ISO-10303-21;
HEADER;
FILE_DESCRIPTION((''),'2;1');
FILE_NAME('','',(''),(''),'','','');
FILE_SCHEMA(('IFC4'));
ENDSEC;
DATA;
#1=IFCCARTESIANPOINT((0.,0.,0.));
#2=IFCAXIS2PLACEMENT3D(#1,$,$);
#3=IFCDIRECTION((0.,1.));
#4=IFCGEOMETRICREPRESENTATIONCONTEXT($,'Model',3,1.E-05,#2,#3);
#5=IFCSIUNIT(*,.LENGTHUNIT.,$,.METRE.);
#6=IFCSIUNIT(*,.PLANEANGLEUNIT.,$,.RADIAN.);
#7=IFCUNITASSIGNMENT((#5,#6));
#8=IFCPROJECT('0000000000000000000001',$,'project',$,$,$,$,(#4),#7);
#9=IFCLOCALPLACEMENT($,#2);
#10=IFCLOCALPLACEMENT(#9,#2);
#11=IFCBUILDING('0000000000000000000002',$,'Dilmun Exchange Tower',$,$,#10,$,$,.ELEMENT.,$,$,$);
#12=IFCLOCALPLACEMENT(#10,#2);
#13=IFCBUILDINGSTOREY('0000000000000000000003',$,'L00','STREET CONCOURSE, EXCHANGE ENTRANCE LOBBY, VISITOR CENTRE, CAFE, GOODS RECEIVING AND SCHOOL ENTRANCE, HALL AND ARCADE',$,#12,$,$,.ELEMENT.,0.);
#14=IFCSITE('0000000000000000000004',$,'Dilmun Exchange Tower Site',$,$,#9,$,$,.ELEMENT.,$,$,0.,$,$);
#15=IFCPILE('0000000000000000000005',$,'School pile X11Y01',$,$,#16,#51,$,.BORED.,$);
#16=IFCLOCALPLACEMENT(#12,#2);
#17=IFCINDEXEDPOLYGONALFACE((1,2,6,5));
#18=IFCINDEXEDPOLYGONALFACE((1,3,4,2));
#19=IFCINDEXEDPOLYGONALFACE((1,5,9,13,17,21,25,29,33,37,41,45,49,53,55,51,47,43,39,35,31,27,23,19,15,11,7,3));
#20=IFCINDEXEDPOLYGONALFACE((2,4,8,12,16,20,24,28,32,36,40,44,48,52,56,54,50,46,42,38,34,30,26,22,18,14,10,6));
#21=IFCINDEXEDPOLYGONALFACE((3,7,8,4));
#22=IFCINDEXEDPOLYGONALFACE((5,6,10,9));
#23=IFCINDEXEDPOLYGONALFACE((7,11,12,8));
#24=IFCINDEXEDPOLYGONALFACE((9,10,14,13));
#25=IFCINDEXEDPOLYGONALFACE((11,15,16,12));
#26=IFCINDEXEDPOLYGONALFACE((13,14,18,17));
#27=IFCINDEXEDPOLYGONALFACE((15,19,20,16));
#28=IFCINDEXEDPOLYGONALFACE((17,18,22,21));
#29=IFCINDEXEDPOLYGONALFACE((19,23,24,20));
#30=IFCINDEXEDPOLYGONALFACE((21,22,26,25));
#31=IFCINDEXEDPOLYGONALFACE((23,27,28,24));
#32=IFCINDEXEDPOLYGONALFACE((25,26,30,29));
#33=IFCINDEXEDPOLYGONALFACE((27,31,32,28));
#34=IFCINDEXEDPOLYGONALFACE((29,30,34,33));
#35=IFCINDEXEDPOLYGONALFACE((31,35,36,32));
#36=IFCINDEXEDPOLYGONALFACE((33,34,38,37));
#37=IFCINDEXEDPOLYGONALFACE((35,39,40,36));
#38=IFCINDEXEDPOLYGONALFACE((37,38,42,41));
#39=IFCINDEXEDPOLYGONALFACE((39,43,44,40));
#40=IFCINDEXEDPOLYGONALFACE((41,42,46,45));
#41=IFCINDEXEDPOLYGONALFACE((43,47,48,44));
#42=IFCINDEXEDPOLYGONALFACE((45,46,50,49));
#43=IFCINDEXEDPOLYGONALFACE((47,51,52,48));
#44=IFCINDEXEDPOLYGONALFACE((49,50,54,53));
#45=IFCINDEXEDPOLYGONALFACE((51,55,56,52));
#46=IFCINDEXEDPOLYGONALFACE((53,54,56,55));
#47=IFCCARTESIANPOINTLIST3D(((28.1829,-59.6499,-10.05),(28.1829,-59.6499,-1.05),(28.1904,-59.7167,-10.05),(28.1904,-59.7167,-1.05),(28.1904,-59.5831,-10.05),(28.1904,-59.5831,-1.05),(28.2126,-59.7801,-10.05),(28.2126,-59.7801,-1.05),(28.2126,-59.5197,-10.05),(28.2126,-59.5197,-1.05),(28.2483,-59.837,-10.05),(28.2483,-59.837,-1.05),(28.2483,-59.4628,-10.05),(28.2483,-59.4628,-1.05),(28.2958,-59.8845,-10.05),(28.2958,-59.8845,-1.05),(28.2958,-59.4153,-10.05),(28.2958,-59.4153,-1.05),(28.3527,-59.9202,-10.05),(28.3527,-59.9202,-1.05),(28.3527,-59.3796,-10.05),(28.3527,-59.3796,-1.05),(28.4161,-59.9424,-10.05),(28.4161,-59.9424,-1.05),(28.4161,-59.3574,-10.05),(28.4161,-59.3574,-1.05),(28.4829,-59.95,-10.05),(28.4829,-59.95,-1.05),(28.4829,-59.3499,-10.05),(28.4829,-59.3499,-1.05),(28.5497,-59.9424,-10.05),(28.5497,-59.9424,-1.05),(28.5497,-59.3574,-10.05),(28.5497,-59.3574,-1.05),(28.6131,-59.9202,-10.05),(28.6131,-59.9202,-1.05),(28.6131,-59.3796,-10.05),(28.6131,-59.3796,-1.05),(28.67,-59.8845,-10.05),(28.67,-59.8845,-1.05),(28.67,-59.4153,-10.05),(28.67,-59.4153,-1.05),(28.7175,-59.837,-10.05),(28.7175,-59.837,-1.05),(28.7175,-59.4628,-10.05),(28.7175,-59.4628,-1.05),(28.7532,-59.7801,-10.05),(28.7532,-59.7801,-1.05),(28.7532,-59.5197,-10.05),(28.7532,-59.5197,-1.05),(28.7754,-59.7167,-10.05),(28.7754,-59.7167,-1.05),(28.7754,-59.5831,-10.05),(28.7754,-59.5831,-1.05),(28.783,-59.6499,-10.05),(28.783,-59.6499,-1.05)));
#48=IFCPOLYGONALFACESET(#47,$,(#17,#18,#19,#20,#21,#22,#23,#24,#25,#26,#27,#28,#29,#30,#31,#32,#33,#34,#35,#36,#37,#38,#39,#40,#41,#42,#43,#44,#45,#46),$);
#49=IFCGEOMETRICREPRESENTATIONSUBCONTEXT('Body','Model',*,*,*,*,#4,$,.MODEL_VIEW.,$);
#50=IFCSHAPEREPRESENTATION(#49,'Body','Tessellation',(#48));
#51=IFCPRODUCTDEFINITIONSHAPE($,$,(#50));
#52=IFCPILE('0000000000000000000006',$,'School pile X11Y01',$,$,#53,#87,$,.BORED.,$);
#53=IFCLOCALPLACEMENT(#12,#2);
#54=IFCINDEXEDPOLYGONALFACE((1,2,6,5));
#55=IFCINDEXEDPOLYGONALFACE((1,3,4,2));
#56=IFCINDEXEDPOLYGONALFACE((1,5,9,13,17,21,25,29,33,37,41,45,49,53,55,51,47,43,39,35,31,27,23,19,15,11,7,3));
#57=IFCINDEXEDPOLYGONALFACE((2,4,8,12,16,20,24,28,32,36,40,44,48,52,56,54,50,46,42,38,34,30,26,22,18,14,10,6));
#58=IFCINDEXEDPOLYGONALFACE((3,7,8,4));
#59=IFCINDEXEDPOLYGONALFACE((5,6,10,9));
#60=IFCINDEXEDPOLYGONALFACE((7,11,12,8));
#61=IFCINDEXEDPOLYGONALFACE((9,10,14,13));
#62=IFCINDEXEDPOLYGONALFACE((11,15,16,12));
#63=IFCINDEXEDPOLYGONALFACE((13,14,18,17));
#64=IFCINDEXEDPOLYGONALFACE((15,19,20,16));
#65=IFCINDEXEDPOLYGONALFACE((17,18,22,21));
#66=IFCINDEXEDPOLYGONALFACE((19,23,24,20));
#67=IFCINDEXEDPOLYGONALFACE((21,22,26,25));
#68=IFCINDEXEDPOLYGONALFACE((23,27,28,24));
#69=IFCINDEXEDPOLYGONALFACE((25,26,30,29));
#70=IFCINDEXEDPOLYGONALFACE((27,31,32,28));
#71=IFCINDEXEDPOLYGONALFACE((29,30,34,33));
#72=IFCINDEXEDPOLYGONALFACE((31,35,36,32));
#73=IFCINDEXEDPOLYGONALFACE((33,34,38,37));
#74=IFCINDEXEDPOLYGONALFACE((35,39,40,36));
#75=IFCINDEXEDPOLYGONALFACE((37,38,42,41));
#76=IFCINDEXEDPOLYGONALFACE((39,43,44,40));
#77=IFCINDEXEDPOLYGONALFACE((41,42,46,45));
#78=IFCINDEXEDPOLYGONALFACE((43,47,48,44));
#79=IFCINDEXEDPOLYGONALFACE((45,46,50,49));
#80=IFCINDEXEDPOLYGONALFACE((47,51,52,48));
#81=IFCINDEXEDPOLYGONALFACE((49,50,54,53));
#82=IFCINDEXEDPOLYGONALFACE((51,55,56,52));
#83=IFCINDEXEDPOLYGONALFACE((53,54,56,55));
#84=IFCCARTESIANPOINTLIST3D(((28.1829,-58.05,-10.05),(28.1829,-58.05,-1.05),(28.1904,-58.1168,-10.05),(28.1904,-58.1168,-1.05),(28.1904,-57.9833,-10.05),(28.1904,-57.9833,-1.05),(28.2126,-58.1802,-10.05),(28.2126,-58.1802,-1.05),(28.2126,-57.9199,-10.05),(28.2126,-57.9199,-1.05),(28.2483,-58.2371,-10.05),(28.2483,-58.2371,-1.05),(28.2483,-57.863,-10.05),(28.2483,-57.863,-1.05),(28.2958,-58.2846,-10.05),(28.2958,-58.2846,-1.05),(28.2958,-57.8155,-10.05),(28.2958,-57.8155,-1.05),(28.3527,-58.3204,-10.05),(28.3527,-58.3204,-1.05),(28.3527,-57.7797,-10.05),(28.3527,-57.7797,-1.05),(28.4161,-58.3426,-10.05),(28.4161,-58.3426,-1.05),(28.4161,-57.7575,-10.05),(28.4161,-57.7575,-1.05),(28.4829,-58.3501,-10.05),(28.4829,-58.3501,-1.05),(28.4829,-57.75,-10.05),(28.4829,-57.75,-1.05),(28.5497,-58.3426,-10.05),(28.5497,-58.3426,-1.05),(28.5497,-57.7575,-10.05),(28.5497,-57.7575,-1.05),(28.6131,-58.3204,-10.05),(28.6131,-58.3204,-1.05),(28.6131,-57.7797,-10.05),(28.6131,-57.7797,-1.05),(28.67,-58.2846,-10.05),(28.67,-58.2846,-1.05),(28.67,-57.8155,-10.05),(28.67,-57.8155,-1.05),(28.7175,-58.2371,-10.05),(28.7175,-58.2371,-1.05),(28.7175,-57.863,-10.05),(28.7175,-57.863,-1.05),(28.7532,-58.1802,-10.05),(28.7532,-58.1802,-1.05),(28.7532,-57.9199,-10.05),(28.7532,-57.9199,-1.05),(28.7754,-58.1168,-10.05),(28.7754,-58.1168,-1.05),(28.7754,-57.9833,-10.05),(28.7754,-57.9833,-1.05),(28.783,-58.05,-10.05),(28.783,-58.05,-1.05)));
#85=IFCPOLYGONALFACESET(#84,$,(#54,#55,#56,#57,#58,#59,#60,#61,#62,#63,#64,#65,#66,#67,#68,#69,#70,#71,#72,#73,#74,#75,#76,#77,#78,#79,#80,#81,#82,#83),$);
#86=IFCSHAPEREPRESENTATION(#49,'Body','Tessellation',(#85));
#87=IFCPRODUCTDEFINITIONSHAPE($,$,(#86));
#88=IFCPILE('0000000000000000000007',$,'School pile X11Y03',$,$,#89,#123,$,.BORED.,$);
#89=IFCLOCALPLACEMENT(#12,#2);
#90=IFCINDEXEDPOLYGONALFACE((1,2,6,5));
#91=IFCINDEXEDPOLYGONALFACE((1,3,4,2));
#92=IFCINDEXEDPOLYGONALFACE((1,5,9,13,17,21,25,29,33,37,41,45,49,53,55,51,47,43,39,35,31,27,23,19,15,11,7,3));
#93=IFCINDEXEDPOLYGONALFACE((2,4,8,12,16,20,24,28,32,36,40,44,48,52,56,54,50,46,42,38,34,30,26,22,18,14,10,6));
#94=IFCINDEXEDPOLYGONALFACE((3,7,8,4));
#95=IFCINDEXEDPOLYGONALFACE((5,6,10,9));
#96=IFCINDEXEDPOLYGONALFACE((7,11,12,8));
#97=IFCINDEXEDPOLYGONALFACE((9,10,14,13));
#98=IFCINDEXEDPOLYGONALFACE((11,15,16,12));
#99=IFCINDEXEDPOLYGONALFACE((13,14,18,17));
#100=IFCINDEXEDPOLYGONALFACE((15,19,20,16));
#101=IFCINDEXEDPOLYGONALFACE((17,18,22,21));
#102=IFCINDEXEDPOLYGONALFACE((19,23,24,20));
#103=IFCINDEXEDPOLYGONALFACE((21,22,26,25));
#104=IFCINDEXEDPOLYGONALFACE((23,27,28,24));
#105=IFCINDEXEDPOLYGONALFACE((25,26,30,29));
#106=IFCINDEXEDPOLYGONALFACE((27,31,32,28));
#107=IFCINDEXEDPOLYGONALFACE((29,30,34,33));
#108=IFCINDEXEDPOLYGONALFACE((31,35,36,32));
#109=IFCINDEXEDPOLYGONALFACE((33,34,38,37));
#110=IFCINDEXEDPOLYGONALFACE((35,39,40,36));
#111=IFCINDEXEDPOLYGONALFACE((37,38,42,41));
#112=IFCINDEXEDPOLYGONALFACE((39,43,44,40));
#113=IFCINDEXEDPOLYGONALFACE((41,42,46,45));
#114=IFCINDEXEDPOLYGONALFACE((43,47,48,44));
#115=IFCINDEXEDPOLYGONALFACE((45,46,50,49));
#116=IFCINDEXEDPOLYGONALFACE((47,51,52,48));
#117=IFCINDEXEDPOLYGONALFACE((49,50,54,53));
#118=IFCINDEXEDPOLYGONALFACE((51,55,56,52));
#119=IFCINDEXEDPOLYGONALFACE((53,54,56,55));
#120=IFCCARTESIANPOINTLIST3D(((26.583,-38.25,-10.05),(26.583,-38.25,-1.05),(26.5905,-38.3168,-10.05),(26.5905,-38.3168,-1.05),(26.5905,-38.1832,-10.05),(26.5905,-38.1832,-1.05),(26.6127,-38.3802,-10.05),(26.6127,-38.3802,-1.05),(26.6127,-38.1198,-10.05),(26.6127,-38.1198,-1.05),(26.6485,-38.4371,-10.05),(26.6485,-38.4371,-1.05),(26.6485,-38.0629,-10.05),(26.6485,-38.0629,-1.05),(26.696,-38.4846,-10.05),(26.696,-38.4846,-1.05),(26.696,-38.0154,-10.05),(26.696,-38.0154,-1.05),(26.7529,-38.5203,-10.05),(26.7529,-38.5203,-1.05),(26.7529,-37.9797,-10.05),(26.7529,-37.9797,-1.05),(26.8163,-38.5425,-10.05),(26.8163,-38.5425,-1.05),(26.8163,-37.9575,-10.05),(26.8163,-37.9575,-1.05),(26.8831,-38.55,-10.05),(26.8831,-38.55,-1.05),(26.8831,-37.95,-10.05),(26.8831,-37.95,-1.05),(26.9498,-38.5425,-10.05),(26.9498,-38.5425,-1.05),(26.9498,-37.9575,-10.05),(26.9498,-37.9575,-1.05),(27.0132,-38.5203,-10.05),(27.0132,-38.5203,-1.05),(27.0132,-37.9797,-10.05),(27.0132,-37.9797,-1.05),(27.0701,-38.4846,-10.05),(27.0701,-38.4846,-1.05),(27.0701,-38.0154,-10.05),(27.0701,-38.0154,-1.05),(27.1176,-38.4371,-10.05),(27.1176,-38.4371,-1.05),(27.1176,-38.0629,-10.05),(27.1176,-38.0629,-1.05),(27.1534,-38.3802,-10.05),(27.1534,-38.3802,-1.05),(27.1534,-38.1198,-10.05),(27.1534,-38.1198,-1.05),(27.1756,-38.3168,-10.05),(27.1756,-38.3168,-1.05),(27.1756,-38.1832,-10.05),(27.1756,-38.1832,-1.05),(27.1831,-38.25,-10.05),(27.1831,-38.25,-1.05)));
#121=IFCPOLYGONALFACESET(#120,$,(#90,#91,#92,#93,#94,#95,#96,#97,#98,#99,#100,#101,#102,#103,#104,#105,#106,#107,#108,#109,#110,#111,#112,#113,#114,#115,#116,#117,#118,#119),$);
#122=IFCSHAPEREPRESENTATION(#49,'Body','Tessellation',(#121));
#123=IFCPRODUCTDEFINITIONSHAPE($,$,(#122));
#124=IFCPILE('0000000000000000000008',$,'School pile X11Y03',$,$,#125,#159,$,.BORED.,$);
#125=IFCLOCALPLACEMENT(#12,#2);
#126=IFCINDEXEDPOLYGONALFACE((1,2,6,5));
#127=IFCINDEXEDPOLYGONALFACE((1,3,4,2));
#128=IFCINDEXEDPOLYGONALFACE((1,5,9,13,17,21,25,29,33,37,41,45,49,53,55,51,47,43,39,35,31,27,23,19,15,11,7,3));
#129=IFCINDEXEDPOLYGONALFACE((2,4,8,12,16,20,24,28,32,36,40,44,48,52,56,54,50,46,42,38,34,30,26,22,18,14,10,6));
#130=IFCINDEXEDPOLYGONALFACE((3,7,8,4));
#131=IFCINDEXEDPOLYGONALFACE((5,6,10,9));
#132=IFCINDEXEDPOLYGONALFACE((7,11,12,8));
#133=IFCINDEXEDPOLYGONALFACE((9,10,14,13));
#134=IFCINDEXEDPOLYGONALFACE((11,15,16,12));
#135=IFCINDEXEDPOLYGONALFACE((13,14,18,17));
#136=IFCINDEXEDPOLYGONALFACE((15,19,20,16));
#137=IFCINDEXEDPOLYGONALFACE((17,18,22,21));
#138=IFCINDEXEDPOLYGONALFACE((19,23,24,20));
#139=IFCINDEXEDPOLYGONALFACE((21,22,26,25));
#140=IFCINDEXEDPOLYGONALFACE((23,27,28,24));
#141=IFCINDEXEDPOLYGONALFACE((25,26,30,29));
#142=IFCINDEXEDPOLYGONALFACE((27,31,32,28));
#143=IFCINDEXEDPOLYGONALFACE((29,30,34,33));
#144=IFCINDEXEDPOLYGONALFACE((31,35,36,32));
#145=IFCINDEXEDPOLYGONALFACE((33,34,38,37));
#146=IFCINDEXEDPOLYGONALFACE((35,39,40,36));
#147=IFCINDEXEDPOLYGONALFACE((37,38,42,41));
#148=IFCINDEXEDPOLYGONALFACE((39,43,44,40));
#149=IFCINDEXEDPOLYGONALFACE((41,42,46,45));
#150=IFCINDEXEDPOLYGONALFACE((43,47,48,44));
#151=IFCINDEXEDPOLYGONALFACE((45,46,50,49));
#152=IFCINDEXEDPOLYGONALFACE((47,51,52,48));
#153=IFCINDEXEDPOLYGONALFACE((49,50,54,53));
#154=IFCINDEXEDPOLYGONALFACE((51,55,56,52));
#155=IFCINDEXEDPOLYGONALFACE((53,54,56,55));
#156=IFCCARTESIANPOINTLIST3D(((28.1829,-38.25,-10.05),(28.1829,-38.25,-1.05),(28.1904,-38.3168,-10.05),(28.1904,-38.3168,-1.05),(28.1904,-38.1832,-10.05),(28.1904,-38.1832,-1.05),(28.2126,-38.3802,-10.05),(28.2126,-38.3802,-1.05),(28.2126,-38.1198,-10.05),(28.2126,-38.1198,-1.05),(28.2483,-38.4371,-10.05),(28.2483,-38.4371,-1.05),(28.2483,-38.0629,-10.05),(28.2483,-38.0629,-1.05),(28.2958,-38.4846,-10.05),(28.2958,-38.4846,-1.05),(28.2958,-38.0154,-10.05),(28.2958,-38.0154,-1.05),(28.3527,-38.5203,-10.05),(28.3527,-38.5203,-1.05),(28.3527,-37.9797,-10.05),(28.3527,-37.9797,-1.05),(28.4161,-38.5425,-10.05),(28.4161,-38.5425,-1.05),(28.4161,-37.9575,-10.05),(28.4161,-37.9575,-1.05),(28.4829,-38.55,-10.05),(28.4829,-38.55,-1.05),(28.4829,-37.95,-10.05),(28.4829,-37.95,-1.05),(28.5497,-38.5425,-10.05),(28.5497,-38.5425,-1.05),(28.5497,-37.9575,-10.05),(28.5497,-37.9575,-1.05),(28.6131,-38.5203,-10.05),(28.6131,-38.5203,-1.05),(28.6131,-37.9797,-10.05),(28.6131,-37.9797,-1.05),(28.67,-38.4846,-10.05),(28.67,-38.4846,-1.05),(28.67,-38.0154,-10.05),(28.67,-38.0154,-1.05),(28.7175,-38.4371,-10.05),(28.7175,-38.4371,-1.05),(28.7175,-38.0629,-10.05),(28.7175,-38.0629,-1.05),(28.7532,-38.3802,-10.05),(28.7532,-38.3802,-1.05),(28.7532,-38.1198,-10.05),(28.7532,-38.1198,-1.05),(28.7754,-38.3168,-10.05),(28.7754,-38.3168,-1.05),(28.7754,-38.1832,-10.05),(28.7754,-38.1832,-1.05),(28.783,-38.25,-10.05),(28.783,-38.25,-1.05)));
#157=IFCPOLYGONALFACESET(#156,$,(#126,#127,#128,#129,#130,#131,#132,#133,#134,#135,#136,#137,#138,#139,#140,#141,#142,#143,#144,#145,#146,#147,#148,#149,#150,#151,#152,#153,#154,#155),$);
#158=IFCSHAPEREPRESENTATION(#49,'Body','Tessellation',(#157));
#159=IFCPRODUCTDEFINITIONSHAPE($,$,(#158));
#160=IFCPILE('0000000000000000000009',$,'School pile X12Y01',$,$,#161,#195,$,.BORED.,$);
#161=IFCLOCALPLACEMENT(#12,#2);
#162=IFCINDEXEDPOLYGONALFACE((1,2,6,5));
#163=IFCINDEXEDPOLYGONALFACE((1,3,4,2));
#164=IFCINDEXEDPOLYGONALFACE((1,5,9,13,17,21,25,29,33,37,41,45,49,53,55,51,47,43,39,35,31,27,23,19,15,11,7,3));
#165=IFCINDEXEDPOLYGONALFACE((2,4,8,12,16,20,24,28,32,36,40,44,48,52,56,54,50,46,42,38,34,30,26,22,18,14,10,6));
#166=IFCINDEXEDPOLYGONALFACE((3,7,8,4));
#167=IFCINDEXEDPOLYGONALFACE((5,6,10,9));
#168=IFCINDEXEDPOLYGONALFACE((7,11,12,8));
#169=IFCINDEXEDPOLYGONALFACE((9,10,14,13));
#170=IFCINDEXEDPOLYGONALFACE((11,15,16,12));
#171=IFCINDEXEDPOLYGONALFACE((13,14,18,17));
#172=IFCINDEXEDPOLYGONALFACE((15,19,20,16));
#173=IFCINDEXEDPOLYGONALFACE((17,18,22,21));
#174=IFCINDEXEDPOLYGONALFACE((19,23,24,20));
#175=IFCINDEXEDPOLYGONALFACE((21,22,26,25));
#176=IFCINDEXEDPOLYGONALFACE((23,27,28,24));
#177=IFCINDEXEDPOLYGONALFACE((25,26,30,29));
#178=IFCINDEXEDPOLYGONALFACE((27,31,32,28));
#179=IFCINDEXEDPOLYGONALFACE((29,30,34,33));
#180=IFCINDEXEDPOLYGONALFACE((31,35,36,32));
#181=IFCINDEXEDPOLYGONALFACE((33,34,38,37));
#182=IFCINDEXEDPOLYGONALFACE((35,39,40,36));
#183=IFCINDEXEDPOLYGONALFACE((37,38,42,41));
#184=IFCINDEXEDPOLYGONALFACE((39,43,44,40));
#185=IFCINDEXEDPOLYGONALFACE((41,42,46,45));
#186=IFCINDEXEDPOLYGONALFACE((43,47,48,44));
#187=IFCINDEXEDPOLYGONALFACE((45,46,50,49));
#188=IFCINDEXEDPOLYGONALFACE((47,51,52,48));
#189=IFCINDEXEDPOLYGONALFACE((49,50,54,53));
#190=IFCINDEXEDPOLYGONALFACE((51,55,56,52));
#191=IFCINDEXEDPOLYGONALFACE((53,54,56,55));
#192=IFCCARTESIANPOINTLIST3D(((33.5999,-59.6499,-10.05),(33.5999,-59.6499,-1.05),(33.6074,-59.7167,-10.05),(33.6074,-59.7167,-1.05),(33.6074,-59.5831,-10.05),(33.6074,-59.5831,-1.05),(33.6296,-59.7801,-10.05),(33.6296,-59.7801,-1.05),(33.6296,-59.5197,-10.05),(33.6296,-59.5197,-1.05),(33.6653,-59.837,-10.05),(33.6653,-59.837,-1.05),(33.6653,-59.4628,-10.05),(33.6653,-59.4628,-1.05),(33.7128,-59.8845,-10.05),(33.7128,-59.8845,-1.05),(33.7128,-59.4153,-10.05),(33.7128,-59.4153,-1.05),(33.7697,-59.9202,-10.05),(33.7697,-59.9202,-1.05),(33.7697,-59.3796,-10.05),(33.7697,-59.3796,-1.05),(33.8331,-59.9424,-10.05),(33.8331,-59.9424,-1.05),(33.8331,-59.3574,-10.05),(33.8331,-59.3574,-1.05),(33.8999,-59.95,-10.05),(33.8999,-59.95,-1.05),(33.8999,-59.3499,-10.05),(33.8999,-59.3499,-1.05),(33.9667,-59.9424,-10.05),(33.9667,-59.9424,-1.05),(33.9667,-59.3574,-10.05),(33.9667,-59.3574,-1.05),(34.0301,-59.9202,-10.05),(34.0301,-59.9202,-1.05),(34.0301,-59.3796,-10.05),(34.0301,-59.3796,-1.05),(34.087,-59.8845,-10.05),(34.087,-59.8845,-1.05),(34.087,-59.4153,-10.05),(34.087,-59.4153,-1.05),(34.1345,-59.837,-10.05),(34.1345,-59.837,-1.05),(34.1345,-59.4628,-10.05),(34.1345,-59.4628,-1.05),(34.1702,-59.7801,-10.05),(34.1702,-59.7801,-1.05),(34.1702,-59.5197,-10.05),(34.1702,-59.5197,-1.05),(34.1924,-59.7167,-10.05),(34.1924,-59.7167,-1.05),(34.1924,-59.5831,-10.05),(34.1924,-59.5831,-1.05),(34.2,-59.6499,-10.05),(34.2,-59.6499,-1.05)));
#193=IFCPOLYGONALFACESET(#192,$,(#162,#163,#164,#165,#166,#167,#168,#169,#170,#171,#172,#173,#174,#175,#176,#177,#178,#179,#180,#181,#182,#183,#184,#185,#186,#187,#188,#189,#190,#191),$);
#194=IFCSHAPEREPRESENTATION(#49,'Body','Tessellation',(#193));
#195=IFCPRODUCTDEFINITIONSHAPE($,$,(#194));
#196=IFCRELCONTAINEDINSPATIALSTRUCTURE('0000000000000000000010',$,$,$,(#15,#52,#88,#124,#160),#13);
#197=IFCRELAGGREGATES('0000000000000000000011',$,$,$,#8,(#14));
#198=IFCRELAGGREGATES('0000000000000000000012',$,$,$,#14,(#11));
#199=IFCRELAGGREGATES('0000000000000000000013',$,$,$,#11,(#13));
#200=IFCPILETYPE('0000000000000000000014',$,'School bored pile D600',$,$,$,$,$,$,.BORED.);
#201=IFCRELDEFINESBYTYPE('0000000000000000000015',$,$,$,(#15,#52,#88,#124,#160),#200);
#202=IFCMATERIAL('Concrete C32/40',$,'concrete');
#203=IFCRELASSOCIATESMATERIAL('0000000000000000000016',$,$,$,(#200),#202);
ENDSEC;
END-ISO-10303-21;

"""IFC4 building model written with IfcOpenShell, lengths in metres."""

from ifc_helpers import new_model, si_unit, direction, frame, origin, origin_2d, place, context, subcontext, project, spatial, circle, extrude, material, material_profile, profile_set, type_object, element, save


model = new_model("IFC4")

# Units and contexts
model_context = context("Model", 3, precision=1e-05, world=origin(), true_north=direction((0.0, 1.0)))
body_context = subcontext(model_context, "Body", "Model", "MODEL_VIEW")
ifc_project = project(units=[si_unit("LENGTHUNIT", "METRE"), si_unit("PLANEANGLEUNIT", "RADIAN")], contexts=[model_context])

# Site, building, storey
site_placement = place(None, origin())
site = spatial("IfcSite", under=ifc_project, at=site_placement, Name="Dilmun Exchange Tower Site", CompositionType="ELEMENT", RefElevation=0.0)
building_placement = place(site_placement, origin())
building = spatial("IfcBuilding", under=site, at=building_placement, Name="Dilmun Exchange Tower", CompositionType="ELEMENT")
storey_placement = place(building_placement, origin())
storey = spatial("IfcBuildingStorey", under=building, at=storey_placement, Name="L00", Description="STREET CONCOURSE, EXCHANGE ENTRANCE LOBBY, VISITOR CENTRE, CAFE, GOODS RECEIVING AND SCHOOL ENTRANCE, HALL AND ARCADE", CompositionType="ELEMENT", Elevation=0.0)

# Piles
ifc_material_1 = material(Name="Concrete C32/40", Category="concrete")
ifc_material_profile_1 = material_profile(ifc_material_1, circle(Radius=0.3, at=origin_2d()), Name="D600")
ifc_profile_set_1 = profile_set([ifc_material_profile_1], Name="Concrete C32/40")
pile_type = type_object("IfcPileType", Name="School bored pile D600", PredefinedType="BORED", material=ifc_profile_set_1)
for number, where, z_axis, x_axis, name in (
    (1, (28.4829, -59.6499, -1.05), (0.0, 0.0, -1.0), (1.0, 0.0, 0.0), "School pile X11Y01"),
    (2, (28.4829, -58.05, -1.05), (0.0, 0.0, -1.0), (1.0, 0.0, 0.0), "School pile X11Y01"),
    (3, (26.8831, -38.25, -1.05), (0.0, 0.0, -1.0), (1.0, 0.0, 0.0), "School pile X11Y03"),
    (4, (28.4829, -38.25, -1.05), (0.0, 0.0, -1.0), (1.0, 0.0, 0.0), "School pile X11Y03"),
    (5, (33.8999, -59.6499, -1.05), (0.0, 0.0, -1.0), (1.0, 0.0, 0.0), "School pile X12Y01"),
):
    element("IfcPile", number, at=place(storey_placement, frame(where, z_axis=z_axis, x_axis=x_axis)), inside=storey, type_object=pile_type, Name=name, PredefinedType="BORED", context=body_context, shape_type="SweptSolid", body=[
        extrude(circle(Radius=0.3, at=origin_2d()), origin(), (0.0, 0.0, 1.0), 9.0),
    ])

save(model, "model.ifc")
